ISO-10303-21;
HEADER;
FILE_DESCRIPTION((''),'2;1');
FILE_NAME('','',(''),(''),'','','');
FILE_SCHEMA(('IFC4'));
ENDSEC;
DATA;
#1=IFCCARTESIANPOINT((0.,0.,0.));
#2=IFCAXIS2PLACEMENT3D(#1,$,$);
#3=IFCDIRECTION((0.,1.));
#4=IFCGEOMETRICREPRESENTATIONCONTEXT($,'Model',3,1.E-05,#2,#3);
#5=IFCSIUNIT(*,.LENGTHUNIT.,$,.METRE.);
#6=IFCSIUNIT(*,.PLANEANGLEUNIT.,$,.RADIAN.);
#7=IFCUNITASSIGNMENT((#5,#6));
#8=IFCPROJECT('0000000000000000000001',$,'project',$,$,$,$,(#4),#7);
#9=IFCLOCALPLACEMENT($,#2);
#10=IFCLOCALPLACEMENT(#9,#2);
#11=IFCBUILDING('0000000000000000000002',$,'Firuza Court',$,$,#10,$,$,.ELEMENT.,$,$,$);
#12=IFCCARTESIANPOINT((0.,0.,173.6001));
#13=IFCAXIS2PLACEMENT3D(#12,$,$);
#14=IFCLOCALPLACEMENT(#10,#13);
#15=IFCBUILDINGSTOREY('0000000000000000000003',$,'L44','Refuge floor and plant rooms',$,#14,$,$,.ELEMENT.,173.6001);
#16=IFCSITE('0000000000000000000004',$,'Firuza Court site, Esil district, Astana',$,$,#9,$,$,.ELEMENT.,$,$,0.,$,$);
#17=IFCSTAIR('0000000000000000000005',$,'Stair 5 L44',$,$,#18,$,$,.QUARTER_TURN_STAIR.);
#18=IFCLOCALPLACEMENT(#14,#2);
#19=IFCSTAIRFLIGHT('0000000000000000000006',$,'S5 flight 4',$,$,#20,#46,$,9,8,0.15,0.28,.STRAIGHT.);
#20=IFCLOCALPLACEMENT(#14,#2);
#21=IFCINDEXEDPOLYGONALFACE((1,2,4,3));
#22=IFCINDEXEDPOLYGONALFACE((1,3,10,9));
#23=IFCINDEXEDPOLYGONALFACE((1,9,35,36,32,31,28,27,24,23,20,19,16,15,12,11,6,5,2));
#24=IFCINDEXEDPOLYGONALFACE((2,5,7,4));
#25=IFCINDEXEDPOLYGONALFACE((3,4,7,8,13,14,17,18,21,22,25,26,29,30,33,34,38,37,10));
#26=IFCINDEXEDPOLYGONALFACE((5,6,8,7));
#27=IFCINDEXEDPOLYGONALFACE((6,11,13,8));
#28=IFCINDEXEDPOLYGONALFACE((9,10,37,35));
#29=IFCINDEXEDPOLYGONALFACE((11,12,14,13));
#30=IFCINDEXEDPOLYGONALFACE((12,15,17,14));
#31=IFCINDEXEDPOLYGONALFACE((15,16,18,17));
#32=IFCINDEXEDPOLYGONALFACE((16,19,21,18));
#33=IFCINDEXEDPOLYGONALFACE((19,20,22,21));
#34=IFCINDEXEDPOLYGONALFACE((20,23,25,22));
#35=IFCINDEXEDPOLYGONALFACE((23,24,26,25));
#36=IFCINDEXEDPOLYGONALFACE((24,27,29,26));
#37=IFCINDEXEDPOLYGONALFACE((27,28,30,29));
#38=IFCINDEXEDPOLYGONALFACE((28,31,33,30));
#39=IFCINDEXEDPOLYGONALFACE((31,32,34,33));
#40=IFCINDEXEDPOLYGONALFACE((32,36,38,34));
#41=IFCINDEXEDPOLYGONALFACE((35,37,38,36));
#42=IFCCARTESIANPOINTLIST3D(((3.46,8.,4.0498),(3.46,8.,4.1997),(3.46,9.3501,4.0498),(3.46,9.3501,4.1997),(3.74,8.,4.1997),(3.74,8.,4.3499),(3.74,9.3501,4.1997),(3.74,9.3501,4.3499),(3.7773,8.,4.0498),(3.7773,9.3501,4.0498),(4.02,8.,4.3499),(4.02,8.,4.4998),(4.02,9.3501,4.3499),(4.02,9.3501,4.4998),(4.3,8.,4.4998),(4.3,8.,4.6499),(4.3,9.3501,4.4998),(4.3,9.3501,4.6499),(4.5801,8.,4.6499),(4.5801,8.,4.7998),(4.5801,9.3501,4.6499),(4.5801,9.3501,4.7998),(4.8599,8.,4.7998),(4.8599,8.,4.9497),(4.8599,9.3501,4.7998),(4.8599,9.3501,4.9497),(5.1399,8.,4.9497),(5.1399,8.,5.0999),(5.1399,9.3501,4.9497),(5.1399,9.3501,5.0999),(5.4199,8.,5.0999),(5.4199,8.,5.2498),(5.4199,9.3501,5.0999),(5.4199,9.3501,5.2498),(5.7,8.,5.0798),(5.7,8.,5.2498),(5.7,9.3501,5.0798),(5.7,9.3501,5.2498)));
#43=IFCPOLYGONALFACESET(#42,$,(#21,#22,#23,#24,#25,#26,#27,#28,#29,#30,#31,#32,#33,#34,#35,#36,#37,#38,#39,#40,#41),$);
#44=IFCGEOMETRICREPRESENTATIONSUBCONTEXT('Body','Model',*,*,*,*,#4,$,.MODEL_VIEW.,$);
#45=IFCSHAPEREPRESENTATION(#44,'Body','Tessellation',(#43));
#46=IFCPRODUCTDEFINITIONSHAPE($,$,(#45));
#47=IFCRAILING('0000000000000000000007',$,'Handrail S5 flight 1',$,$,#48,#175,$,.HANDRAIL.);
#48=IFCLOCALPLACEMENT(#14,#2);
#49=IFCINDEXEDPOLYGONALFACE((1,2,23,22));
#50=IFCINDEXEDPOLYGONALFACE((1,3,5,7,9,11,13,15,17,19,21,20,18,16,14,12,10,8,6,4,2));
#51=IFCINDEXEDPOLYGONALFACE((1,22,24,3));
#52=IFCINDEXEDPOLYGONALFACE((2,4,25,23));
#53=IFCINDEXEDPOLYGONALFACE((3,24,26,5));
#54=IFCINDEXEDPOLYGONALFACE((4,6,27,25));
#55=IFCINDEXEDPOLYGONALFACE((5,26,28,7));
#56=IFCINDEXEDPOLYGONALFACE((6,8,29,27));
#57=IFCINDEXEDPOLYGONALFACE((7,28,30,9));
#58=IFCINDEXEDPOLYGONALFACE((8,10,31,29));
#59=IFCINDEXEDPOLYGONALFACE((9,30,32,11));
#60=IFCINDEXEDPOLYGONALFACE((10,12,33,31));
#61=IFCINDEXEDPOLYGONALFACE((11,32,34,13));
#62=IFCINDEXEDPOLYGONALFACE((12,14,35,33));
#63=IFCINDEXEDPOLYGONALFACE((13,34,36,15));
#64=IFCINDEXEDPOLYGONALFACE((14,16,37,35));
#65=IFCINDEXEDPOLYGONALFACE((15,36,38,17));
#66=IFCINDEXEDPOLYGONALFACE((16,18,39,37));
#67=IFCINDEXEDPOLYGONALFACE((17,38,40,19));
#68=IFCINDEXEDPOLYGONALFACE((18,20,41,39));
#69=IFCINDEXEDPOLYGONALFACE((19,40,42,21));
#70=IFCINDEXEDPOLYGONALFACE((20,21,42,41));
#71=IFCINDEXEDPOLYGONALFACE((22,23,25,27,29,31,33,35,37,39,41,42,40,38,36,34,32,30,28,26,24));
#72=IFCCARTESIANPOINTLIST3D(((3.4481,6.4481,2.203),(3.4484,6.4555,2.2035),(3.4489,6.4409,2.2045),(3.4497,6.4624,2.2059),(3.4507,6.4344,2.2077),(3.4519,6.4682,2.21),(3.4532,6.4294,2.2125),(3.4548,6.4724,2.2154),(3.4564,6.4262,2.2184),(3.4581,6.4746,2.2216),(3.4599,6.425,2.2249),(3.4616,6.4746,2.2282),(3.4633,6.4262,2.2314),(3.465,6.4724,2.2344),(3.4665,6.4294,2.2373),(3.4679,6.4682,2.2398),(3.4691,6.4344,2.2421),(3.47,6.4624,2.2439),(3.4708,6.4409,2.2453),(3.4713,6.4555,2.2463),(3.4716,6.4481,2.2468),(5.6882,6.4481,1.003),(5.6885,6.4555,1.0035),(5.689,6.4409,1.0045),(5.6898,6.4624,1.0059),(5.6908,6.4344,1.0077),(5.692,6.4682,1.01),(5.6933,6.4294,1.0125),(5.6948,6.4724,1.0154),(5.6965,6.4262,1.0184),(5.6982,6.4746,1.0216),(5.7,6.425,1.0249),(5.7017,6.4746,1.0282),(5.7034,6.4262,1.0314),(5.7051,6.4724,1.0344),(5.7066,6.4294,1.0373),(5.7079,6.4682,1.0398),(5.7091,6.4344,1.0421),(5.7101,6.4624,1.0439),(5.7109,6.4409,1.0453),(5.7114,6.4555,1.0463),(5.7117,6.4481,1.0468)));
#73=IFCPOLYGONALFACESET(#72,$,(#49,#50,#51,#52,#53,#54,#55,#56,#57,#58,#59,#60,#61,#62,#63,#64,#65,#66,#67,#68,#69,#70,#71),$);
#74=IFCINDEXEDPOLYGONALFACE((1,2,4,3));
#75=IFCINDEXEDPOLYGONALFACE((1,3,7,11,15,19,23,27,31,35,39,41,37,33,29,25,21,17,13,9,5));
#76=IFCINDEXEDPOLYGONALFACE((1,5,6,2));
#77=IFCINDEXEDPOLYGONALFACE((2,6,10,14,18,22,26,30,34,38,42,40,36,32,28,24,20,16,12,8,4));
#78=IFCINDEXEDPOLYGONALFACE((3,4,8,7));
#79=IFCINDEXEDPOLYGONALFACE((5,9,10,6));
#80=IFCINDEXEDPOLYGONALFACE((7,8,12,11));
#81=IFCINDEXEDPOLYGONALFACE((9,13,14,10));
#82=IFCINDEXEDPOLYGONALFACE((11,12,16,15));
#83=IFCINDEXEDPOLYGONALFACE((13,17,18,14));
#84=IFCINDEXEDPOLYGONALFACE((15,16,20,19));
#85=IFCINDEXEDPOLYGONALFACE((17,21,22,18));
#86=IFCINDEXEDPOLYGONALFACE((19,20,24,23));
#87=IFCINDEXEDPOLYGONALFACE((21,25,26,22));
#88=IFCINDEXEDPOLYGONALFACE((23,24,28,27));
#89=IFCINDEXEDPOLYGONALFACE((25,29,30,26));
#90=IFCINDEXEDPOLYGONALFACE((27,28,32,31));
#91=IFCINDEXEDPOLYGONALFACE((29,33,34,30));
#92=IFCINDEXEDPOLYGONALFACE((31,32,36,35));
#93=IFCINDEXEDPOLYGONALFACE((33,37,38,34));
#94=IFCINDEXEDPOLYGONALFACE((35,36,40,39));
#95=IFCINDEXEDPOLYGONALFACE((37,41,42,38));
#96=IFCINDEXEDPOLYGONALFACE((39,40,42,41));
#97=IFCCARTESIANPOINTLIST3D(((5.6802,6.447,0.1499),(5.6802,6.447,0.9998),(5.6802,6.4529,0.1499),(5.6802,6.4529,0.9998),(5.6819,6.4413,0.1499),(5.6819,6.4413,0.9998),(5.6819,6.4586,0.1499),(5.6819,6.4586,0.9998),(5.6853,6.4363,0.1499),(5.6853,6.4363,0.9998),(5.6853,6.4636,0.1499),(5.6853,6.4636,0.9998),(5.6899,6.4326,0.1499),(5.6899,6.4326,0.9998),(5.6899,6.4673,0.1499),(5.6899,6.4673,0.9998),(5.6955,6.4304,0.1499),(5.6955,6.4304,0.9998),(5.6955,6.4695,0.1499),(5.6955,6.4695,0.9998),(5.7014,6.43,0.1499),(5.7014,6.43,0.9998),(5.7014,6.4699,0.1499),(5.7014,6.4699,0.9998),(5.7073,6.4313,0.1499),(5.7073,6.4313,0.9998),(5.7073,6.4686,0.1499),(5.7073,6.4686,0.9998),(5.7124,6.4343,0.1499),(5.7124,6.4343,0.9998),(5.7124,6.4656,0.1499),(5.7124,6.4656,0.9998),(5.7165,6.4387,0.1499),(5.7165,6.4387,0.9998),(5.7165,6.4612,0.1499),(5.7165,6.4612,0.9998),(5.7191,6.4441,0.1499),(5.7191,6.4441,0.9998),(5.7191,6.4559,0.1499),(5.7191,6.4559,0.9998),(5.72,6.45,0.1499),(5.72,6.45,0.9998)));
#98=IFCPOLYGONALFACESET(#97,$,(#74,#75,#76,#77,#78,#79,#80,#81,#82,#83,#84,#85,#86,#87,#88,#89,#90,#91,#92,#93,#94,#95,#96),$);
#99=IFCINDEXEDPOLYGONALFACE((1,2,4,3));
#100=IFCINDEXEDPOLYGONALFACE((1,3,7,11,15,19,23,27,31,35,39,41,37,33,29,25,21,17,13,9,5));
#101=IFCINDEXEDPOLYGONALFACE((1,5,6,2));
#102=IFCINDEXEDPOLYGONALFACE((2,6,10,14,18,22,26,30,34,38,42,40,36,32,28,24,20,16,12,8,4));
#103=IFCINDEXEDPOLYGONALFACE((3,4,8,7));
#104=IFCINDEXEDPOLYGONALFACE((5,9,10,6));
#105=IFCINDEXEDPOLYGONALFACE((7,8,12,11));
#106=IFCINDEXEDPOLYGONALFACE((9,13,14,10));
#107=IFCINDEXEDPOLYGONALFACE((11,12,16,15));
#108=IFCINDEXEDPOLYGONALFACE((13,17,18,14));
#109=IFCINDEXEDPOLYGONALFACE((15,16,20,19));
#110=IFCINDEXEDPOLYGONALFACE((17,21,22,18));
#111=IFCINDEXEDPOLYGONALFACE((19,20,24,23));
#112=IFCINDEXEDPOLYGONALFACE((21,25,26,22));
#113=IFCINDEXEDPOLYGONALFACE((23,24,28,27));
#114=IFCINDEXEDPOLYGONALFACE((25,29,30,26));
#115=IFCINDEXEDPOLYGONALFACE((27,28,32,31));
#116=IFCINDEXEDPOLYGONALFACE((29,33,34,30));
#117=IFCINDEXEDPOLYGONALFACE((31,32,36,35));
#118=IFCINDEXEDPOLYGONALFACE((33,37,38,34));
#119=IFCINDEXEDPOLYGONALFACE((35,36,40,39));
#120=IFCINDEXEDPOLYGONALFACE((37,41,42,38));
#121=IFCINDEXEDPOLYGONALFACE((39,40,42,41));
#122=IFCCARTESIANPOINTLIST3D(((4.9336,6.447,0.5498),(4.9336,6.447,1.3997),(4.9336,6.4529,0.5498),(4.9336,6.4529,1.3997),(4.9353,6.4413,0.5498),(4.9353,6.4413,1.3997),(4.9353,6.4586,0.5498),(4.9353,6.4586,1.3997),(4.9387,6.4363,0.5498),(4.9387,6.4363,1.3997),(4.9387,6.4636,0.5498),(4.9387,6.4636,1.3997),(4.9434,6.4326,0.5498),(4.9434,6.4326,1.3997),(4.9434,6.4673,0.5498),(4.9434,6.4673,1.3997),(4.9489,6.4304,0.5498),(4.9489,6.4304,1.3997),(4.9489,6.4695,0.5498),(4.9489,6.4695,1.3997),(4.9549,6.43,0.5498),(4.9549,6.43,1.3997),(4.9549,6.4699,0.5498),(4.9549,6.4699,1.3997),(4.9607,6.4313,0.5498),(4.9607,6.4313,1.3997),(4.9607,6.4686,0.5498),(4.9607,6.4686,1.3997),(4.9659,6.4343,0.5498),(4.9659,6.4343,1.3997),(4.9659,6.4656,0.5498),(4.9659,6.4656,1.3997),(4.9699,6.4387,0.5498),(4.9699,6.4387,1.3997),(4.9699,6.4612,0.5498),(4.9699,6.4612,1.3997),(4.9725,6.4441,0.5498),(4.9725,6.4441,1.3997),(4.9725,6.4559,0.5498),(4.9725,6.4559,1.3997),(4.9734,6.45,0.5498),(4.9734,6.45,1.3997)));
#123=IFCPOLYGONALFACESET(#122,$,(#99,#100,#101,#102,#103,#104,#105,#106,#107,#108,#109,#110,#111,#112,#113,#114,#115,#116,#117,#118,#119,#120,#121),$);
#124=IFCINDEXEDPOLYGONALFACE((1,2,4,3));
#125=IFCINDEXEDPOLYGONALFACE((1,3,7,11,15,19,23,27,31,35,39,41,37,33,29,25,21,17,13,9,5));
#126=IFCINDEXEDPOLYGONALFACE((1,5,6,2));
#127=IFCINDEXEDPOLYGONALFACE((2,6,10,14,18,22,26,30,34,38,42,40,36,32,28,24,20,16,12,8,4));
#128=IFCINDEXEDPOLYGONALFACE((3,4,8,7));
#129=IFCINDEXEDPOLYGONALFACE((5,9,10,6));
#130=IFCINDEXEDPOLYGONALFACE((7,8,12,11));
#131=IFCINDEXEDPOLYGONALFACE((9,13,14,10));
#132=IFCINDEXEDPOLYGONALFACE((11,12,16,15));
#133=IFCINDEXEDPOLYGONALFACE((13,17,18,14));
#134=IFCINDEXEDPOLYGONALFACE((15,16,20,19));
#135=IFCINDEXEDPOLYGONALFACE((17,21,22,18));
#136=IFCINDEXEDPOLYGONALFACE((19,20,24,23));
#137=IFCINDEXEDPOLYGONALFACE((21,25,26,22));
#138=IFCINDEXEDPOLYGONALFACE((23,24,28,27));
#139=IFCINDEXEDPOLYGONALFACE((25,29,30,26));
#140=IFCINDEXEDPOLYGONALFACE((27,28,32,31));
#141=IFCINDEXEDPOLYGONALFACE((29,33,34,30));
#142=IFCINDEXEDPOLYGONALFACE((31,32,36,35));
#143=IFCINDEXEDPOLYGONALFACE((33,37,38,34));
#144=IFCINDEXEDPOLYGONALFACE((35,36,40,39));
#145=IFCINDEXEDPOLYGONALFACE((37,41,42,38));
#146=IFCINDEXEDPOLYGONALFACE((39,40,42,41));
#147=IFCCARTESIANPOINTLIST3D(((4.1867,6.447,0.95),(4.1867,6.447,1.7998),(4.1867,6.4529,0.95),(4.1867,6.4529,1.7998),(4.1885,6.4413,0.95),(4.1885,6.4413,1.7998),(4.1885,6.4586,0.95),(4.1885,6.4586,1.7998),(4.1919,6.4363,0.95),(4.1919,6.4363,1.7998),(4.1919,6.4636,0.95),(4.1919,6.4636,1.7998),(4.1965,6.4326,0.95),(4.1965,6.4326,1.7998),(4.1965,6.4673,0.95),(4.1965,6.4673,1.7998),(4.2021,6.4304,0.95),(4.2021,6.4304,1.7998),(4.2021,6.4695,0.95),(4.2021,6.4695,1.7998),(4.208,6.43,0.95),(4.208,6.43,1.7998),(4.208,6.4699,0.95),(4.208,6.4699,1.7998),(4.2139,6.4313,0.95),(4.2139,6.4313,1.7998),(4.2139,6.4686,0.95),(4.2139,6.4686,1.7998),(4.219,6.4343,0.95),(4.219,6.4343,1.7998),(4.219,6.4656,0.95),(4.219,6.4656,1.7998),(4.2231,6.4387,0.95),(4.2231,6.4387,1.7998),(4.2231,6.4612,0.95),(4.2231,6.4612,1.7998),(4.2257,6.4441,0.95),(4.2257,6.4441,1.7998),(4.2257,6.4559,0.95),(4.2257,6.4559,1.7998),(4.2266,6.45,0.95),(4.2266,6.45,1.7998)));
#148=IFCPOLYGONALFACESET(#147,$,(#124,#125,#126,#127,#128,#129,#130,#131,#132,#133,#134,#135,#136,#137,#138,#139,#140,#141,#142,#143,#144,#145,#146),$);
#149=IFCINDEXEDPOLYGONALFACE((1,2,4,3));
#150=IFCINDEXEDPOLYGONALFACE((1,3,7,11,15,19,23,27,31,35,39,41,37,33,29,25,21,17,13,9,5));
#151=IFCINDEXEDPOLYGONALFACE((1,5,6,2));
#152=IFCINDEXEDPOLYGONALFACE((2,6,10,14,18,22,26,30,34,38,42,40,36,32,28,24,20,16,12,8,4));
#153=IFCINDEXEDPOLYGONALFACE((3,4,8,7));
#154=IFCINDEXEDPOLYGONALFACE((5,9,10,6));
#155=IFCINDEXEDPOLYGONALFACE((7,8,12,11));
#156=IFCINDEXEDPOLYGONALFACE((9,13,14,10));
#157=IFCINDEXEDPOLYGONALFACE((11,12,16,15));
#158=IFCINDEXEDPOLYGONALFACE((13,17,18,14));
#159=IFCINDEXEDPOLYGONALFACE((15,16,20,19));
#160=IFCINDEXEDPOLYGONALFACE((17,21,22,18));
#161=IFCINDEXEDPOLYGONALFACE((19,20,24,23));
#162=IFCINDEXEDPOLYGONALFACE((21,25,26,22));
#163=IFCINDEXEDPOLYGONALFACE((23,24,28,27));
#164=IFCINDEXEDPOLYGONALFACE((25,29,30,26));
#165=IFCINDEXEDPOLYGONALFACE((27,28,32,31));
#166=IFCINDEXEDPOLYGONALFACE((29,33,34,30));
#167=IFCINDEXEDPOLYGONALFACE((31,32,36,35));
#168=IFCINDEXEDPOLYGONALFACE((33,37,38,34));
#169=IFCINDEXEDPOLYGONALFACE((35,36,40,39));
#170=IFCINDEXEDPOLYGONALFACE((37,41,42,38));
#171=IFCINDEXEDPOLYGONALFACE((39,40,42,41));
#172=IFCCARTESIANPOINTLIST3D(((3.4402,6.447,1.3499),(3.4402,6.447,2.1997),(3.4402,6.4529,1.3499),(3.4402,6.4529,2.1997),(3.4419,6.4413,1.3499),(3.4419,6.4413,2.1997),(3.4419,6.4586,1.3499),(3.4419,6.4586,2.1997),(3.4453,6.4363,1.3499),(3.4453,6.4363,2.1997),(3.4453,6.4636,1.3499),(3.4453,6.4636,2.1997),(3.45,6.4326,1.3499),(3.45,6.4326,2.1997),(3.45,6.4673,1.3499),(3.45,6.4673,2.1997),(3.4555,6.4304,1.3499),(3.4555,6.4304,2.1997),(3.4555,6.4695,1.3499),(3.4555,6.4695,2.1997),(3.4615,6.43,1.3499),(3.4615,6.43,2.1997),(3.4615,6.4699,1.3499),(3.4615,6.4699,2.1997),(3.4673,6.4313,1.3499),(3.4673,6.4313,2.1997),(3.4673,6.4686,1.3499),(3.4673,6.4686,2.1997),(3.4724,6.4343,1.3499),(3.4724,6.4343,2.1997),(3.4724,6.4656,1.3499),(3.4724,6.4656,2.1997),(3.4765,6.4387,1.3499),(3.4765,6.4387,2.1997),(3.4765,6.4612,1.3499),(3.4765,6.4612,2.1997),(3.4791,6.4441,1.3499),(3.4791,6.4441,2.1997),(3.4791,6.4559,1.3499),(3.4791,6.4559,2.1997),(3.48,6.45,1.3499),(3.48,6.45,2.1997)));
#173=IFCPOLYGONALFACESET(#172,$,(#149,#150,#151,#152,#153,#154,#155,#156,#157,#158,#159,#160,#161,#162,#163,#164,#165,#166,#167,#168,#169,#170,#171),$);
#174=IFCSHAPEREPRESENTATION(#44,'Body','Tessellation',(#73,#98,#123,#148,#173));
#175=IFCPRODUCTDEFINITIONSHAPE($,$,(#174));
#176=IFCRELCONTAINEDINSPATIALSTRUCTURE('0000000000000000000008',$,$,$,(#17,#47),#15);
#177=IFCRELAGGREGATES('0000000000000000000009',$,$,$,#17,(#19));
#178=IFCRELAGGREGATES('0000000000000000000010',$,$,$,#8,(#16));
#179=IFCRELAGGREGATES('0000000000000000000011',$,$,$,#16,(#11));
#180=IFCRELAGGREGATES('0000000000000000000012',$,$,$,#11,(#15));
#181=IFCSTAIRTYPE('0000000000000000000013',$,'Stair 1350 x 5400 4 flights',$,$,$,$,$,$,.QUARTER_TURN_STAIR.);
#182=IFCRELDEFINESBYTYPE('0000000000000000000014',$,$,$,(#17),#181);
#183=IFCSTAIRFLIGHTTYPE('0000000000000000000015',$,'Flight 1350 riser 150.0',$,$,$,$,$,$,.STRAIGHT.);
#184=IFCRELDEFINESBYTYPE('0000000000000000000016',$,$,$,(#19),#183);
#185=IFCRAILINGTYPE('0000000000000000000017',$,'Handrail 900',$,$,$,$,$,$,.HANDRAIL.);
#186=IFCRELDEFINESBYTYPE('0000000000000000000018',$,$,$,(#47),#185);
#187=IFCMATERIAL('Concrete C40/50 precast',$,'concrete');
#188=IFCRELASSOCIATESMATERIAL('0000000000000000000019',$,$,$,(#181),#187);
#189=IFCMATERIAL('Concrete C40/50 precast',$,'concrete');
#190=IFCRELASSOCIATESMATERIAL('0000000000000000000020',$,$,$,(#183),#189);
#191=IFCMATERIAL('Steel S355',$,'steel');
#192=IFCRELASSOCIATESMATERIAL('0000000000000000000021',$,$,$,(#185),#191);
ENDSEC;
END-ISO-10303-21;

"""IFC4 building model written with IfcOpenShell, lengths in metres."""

from ifc_helpers import new_model, si_unit, direction, frame, origin, origin_2d, place, context, subcontext, project, spatial, polyline, circle, outline, extrude, material, type_object, element, aggregate, save


model = new_model("IFC4")

# Units and contexts
model_context = context("Model", 3, precision=1e-05, world=origin(), true_north=direction((0.0, 1.0)))
body_context = subcontext(model_context, "Body", "Model", "MODEL_VIEW")
ifc_project = project(units=[si_unit("LENGTHUNIT", "METRE"), si_unit("PLANEANGLEUNIT", "RADIAN")], contexts=[model_context])

# Site, building, storey
site_placement = place(None, origin())
site = spatial("IfcSite", under=ifc_project, at=site_placement, Name="Firuza Court site, Esil district, Astana", CompositionType="ELEMENT", RefElevation=0.0)
building_placement = place(site_placement, origin())
building = spatial("IfcBuilding", under=site, at=building_placement, Name="Firuza Court", CompositionType="ELEMENT")
storey_placement = place(building_placement, frame((0.0, 0.0, 173.6001)))
storey = spatial("IfcBuildingStorey", under=building, at=storey_placement, Name="L44", Description="Refuge floor and plant rooms", CompositionType="ELEMENT", Elevation=173.6001)

# Stair, stair flight
ifc_material_1 = material(Name="Concrete C40/50 precast", Category="concrete")
stair_type = type_object("IfcStairType", Name="Stair 1350 x 5400 4 flights", PredefinedType="QUARTER_TURN_STAIR", material=ifc_material_1)
stair_placement = place(storey_placement, origin())
stair = element("IfcStair", 1, at=stair_placement, inside=storey, type_object=stair_type, Name="Stair 5 L44", PredefinedType="QUARTER_TURN_STAIR")
ifc_material_2 = material(Name="Concrete C40/50 precast", Category="concrete")
stair_flight_type = type_object("IfcStairFlightType", Name="Flight 1350 riser 150.0", PredefinedType="STRAIGHT", material=ifc_material_2)
stair_flight_1_placement = place(storey_placement, frame((3.46, 8.675, 4.0498), z_axis=(0.0, 0.0, 1.0), x_axis=(1.0, 0.0, 0.0)))
stair_flight_1 = element("IfcStairFlight", 2, at=stair_flight_1_placement, type_object=stair_flight_type, Name="S5 flight 4", NumberOfRisers=9, NumberOfTreads=8, PredefinedType="STRAIGHT", RiserHeight=0.15, TreadLength=0.28, context=body_context, shape_type="SweptSolid", body=[
    extrude(outline(polyline([(0.0, 0.0), (0.0, 0.1499), (0.28, 0.1499), (0.28, 0.3), (0.5601, 0.3), (0.5601, 0.45), (0.8401, 0.45), (0.8401, 0.6001), (1.1201, 0.6001), (1.1201, 0.75), (1.3999, 0.75), (1.3999, 0.8999), (1.6799, 0.8999), (1.6799, 1.05), (1.96, 1.05), (1.96, 1.2), (2.24, 1.2), (2.24, 1.3501), (2.24, 1.03), (0.3174, 0.0), (0.0, 0.0)])), frame((0.0, 0.675, 0.0), z_axis=(0.0, -1.0, 0.0), x_axis=(1.0, 0.0, 0.0)), (0.0, 0.0, 1.0), 1.3501),
])
aggregate(stair, [stair_flight_1])

# Railing
ifc_material_3 = material(Name="Steel S355", Category="steel")
railing_type_1 = type_object("IfcRailingType", Name="Handrail 900", PredefinedType="HANDRAIL", material=ifc_material_3)
for number, where, name in (
    (3, (5.7, 6.45, 0.1499), "Handrail S5 flight 1"),
):
    element("IfcRailing", number, at=place(storey_placement, frame(where)), inside=storey, type_object=railing_type_1, Name=name, PredefinedType="HANDRAIL", context=body_context, shape_type="SweptSolid", body=[
        extrude(circle(Radius=0.0249, at=origin_2d()), frame((0.0, 0.0, 0.875), z_axis=(-0.881487, 0.0, 0.472208), x_axis=(0.0, -1.0, 0.0)), (0.0, 0.0, 1.0), 2.5413),
        extrude(circle(Radius=0.02, at=origin_2d()), origin(), (0.0, 0.0, 1.0), 0.8499),
        extrude(circle(Radius=0.02, at=origin_2d()), frame((-0.7466, 0.0, 0.3999)), (0.0, 0.0, 1.0), 0.8499),
        extrude(circle(Radius=0.02, at=origin_2d()), frame((-1.4934, 0.0, 0.8)), (0.0, 0.0, 1.0), 0.8499),
        extrude(circle(Radius=0.02, at=origin_2d()), frame((-2.24, 0.0, 1.2)), (0.0, 0.0, 1.0), 0.8499),
    ])

save(model, "model.ifc")
